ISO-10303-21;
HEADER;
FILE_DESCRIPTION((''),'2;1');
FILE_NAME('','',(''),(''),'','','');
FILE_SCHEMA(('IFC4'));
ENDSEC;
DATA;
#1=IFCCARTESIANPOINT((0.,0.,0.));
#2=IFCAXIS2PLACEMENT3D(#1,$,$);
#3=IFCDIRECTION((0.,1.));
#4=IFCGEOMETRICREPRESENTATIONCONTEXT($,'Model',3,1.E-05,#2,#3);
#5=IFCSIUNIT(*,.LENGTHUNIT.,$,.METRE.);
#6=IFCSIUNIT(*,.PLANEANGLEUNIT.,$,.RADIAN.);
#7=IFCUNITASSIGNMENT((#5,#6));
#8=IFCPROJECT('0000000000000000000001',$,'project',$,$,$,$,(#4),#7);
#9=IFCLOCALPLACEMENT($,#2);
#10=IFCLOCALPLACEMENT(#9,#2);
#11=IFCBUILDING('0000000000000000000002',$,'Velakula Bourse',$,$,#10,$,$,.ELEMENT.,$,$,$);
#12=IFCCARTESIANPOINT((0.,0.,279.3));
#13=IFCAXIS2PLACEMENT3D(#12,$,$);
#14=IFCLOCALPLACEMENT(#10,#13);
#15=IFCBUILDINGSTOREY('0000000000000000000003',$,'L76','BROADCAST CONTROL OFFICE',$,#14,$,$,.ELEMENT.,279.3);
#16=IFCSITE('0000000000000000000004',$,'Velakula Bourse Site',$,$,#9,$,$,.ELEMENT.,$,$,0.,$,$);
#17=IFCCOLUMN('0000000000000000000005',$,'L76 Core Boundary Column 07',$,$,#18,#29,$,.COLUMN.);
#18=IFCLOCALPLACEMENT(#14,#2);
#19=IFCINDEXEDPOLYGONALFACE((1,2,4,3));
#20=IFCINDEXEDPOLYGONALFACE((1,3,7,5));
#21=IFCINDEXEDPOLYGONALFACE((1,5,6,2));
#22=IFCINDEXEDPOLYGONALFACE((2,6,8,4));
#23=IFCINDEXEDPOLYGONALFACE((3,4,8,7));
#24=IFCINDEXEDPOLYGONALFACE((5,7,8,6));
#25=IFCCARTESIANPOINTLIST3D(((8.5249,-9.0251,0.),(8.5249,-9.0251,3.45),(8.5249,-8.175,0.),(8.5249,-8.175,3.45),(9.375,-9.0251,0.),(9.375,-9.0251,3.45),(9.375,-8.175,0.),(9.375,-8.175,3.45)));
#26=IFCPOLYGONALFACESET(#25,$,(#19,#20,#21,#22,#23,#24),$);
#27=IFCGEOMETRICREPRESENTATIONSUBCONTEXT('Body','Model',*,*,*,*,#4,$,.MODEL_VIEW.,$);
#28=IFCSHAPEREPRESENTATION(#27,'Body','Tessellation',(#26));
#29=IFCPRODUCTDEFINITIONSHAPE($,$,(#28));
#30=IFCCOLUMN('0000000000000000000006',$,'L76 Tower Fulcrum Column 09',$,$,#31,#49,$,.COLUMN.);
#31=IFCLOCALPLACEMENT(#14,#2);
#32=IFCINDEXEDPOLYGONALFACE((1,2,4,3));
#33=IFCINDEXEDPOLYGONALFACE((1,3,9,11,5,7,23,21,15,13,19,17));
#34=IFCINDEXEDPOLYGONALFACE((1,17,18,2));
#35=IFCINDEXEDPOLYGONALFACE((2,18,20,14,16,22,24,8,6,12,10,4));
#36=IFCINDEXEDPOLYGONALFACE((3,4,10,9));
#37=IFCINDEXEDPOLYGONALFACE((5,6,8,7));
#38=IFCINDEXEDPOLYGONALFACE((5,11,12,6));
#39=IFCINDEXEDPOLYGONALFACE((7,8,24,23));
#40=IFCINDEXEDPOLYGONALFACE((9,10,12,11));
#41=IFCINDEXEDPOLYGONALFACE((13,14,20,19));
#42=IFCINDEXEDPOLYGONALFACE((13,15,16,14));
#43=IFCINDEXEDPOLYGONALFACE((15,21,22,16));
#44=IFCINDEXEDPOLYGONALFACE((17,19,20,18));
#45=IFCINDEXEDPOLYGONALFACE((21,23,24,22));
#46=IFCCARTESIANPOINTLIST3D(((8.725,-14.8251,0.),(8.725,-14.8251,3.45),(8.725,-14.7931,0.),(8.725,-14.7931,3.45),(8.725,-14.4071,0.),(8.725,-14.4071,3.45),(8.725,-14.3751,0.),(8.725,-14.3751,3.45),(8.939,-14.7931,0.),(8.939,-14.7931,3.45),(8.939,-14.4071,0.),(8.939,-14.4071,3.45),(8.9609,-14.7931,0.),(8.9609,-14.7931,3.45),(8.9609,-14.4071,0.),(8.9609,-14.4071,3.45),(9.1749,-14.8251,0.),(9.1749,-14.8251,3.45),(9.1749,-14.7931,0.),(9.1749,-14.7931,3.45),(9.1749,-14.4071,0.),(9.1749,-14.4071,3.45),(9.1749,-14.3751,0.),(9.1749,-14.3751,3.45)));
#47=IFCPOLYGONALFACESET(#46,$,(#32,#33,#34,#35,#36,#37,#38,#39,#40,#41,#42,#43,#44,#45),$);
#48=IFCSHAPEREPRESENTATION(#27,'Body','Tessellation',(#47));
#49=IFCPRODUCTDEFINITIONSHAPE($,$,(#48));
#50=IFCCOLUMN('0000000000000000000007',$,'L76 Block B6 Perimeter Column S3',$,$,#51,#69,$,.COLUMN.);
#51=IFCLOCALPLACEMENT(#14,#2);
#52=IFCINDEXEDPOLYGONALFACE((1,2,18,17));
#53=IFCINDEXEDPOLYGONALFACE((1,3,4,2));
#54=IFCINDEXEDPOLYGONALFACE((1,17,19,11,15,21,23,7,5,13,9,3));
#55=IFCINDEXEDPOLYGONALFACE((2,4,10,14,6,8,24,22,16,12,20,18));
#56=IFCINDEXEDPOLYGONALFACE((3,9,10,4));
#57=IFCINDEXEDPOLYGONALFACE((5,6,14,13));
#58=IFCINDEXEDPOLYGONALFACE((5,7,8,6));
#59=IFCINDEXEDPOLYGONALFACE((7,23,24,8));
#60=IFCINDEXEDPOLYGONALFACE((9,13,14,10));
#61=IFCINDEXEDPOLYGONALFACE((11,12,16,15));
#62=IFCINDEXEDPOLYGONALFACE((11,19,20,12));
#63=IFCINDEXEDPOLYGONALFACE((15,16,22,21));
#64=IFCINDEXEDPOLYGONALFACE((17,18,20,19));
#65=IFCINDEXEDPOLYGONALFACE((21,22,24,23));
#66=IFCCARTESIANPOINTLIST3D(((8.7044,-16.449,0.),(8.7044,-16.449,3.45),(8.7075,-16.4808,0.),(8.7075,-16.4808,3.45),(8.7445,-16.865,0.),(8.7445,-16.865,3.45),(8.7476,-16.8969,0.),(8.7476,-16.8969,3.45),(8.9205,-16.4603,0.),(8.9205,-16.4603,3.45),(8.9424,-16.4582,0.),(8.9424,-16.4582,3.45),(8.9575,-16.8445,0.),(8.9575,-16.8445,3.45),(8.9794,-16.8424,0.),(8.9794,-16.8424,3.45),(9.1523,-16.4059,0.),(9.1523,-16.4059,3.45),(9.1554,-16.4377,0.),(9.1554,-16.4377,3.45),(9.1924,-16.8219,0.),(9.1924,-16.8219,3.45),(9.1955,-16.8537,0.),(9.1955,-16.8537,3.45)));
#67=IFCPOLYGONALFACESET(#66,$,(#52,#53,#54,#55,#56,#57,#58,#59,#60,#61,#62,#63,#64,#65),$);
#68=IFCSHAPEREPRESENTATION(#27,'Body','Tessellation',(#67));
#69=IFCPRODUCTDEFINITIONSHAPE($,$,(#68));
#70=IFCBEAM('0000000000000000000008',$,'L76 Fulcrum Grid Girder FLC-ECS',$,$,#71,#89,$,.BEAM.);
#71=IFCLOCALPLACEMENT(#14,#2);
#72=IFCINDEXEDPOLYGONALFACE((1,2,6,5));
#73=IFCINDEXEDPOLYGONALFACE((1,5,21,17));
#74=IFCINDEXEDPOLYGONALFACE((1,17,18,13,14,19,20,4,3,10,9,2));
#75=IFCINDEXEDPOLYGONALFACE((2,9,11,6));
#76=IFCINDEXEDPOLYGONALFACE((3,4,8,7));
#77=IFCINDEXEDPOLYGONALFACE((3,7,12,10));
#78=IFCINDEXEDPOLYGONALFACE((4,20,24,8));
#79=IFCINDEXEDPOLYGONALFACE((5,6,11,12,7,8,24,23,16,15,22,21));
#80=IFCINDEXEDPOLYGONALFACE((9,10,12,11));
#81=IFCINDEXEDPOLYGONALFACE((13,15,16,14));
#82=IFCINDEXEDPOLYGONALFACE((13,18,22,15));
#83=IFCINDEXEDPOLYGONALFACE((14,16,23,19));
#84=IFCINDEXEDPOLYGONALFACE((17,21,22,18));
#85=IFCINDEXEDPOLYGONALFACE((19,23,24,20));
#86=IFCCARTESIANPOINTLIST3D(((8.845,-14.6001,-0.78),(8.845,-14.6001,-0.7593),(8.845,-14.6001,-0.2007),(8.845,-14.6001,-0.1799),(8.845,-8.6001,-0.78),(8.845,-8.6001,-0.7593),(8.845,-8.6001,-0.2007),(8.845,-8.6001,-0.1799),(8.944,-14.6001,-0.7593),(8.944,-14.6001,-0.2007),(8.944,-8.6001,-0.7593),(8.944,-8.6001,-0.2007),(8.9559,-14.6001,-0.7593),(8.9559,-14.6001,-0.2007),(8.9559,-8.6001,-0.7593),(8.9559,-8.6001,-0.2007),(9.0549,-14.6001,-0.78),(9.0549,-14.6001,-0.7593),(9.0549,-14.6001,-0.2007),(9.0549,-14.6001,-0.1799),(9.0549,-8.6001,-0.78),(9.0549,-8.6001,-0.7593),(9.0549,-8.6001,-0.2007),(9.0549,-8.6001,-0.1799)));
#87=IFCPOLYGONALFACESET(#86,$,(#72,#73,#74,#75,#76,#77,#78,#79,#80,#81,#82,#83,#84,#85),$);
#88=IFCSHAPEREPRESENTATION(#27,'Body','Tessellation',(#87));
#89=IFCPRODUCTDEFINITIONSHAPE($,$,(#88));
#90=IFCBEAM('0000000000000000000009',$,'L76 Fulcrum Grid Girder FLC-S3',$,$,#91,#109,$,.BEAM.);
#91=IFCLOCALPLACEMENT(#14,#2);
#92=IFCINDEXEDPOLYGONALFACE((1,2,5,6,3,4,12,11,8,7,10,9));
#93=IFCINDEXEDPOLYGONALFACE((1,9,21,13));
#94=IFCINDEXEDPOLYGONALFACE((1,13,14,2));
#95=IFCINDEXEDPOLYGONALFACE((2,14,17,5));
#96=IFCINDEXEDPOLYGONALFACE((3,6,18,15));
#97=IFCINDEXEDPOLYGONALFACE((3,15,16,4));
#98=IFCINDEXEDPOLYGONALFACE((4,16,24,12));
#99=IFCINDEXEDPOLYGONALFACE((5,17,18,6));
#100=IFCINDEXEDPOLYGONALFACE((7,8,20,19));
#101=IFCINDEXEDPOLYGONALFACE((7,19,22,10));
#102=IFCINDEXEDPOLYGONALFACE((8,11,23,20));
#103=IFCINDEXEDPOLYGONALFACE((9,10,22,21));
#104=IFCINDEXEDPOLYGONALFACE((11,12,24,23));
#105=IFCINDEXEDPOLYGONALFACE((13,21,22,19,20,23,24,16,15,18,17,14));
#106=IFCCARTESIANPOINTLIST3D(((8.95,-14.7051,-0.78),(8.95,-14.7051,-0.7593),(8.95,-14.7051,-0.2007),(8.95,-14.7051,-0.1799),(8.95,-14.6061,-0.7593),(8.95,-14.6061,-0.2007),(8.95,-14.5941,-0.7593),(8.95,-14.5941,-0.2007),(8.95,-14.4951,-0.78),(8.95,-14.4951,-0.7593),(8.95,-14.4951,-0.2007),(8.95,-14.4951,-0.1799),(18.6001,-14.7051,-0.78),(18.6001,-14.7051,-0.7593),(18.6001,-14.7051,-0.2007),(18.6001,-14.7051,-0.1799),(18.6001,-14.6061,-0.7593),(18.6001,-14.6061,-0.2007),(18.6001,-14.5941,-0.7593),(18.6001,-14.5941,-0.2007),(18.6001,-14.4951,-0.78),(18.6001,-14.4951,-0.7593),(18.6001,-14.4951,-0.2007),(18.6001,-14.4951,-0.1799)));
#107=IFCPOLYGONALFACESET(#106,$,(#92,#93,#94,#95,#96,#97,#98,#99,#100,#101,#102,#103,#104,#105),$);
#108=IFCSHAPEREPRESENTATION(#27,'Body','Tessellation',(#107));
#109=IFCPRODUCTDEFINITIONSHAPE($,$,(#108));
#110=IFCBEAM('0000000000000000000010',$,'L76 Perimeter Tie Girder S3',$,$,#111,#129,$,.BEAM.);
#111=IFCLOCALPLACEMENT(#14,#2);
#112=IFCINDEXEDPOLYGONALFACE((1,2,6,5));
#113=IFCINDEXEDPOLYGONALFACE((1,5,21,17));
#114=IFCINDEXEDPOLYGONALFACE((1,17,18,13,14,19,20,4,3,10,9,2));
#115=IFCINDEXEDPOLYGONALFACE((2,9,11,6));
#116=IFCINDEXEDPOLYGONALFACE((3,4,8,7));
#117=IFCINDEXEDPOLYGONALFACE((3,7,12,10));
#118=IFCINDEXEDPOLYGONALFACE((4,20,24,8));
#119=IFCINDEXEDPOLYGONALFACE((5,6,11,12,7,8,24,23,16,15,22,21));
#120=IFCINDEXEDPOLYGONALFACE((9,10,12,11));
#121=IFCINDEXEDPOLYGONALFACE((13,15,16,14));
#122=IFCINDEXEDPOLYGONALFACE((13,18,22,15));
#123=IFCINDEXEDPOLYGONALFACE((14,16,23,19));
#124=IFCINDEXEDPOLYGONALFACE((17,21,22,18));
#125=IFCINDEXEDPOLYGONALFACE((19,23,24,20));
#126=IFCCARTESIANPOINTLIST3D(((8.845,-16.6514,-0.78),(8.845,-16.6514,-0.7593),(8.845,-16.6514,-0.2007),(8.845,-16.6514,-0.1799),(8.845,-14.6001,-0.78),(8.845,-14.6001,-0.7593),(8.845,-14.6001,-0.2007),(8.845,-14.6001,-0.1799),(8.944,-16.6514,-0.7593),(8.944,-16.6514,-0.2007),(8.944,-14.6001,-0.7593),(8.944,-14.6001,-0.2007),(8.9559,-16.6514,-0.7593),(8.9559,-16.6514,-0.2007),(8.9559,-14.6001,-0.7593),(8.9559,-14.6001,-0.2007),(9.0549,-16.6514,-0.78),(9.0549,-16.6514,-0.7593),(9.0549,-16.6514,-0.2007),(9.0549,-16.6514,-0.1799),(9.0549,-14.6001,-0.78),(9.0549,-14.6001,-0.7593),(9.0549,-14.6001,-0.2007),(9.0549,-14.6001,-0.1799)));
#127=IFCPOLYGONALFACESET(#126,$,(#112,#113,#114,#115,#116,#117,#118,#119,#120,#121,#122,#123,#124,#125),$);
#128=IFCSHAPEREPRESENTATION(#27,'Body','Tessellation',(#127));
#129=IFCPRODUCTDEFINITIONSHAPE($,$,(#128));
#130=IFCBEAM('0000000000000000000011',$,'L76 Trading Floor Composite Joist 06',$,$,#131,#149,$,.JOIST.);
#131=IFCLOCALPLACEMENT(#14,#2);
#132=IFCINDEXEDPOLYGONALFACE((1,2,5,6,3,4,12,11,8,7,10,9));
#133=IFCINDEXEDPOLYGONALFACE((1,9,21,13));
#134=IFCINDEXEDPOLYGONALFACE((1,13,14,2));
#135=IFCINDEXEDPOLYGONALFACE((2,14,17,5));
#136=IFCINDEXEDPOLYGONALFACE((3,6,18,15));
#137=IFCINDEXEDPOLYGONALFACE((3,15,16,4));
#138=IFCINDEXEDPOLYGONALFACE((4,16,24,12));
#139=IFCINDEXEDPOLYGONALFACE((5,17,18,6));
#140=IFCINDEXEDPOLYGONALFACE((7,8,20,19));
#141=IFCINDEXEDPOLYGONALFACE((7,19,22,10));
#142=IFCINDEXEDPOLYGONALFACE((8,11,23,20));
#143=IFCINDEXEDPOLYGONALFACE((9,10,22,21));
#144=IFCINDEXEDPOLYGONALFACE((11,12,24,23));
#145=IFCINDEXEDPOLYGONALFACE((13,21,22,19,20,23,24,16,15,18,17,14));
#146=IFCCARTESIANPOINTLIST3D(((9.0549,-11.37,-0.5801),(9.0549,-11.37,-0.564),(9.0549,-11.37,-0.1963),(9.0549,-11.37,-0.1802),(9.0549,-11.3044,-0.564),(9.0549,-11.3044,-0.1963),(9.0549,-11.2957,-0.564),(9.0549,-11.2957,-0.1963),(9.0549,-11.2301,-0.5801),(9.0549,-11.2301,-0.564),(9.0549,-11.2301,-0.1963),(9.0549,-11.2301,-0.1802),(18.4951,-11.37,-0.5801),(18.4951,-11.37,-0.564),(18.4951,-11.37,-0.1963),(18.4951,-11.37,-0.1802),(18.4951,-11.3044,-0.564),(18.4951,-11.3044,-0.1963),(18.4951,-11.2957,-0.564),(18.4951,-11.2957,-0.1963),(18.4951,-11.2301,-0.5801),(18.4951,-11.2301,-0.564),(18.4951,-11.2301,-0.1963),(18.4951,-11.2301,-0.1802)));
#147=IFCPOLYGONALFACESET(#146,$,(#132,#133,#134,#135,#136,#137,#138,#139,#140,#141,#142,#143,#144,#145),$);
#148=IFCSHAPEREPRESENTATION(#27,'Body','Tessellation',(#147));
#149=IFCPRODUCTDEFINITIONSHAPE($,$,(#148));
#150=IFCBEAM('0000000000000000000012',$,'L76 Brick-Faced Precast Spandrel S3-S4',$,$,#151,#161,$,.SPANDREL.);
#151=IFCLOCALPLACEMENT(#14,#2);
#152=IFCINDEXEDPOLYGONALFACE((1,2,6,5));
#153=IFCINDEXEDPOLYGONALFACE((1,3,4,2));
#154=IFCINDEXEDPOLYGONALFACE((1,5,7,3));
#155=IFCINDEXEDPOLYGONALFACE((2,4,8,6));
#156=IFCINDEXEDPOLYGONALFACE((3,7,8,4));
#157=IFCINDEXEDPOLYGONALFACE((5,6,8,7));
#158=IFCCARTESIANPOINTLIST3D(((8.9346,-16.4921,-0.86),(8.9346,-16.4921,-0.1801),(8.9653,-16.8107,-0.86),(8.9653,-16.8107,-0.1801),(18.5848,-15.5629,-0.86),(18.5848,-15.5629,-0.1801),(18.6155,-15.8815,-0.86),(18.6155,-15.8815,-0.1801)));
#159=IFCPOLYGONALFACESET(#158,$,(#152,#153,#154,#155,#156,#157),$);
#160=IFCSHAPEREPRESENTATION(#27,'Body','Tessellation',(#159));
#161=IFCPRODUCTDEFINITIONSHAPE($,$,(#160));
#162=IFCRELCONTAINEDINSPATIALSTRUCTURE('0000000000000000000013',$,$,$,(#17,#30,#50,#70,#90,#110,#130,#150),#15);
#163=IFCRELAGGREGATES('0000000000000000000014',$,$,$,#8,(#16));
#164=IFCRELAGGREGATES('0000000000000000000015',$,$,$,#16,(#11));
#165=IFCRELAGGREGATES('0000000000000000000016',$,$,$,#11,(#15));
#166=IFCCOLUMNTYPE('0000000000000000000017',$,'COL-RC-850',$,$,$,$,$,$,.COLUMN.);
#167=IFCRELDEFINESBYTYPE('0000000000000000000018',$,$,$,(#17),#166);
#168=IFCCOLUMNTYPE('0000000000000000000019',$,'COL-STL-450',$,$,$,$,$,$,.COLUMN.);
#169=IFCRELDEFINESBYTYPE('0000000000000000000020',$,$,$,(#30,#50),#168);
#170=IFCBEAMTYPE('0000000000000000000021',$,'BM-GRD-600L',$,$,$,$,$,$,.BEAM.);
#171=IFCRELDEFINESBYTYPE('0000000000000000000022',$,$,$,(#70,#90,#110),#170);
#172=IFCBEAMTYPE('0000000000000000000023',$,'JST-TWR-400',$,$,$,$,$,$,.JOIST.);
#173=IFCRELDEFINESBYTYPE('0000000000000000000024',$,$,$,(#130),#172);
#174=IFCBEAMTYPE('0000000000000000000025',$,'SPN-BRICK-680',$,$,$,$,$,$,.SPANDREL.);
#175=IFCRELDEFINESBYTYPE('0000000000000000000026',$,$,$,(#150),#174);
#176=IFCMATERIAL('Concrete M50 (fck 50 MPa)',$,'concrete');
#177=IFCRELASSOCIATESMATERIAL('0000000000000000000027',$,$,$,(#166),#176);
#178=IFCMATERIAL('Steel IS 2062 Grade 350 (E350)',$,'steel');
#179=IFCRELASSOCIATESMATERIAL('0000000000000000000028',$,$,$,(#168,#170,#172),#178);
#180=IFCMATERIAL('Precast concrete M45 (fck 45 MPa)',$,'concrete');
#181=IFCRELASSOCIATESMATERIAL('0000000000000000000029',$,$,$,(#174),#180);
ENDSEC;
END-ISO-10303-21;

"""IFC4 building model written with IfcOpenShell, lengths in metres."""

from ifc_helpers import new_model, si_unit, direction, frame, origin, origin_2d, place, context, subcontext, project, spatial, rectangle, i_section, extrude, material, material_profile, profile_set, type_object, element, save


model = new_model("IFC4")

# Units and contexts
model_context = context("Model", 3, precision=1e-05, world=origin(), true_north=direction((0.0, 1.0)))
body_context = subcontext(model_context, "Body", "Model", "MODEL_VIEW")
ifc_project = project(units=[si_unit("LENGTHUNIT", "METRE"), si_unit("PLANEANGLEUNIT", "RADIAN")], contexts=[model_context])

# Site, building, storey
site_placement = place(None, origin())
site = spatial("IfcSite", under=ifc_project, at=site_placement, Name="Velakula Bourse Site", CompositionType="ELEMENT", RefElevation=0.0)
building_placement = place(site_placement, origin())
building = spatial("IfcBuilding", under=site, at=building_placement, Name="Velakula Bourse", CompositionType="ELEMENT")
storey_placement = place(building_placement, frame((0.0, 0.0, 279.3)))
storey = spatial("IfcBuildingStorey", under=building, at=storey_placement, Name="L76", Description="BROADCAST CONTROL OFFICE", CompositionType="ELEMENT", Elevation=279.3)

# Columns
ifc_material_1 = material(Name="Concrete M50 (fck 50 MPa)", Category="concrete")
ifc_material_profile_1 = material_profile(ifc_material_1, rectangle(XDim=0.8501, YDim=0.8501, at=origin_2d()), Name="Concrete M50 (fck 50 MPa)")
ifc_profile_set_1 = profile_set([ifc_material_profile_1], Name="Concrete M50 (fck 50 MPa)")
column_type_1 = type_object("IfcColumnType", Name="COL-RC-850", PredefinedType="COLUMN", material=ifc_profile_set_1)
column_placement = place(storey_placement, frame((8.95, -8.6001, 0.0), z_axis=(0.0, 0.0, 1.0), x_axis=(1.0, 0.0, 0.0)))
element("IfcColumn", 1, at=column_placement, inside=storey, type_object=column_type_1, Name="L76 Core Boundary Column 07", PredefinedType="COLUMN", context=body_context, shape_type="SweptSolid", body=[
    extrude(rectangle(XDim=0.8501, YDim=0.8501, at=origin_2d()), origin(), (0.0, 0.0, 1.0), 3.45),
])
ifc_material_2 = material(Name="Steel IS 2062 Grade 350 (E350)", Category="steel")
ifc_material_profile_2 = material_profile(ifc_material_2, i_section(OverallWidth=0.45, OverallDepth=0.45, WebThickness=0.022, FlangeThickness=0.032, at=origin_2d()), Name="Steel IS 2062 Grade 350 (E350)")
ifc_profile_set_2 = profile_set([ifc_material_profile_2], Name="Steel IS 2062 Grade 350 (E350)")
column_type_2 = type_object("IfcColumnType", Name="COL-STL-450", PredefinedType="COLUMN", material=ifc_profile_set_2)
for number, where, z_axis, x_axis, name in (
    (2, (8.95, -14.6001, 0.0), (0.0, 0.0, 1.0), (1.0, 0.0, 0.0), "L76 Tower Fulcrum Column 09"),
    (3, (8.95, -16.6514, 0.0), (0.0, 0.0, 1.0), (0.995396, 0.095846, 0.0), "L76 Block B6 Perimeter Column S3"),
):
    element("IfcColumn", number, at=place(storey_placement, frame(where, z_axis=z_axis, x_axis=x_axis)), inside=storey, type_object=column_type_2, Name=name, PredefinedType="COLUMN", context=body_context, shape_type="SweptSolid", body=[
        extrude(i_section(OverallWidth=0.45, OverallDepth=0.45, WebThickness=0.022, FlangeThickness=0.032, at=origin_2d()), origin(), (0.0, 0.0, 1.0), 3.45),
    ])

# Beams
ifc_material_profile_3 = material_profile(ifc_material_2, i_section(OverallWidth=0.21, OverallDepth=0.6001, WebThickness=0.012, FlangeThickness=0.0208, at=origin_2d()), Name="Steel IS 2062 Grade 350 (E350)")
ifc_profile_set_3 = profile_set([ifc_material_profile_3], Name="Steel IS 2062 Grade 350 (E350)")
beam_type_1 = type_object("IfcBeamType", Name="BM-GRD-600L", PredefinedType="BEAM", material=ifc_profile_set_3)
beam_1_placement = place(storey_placement, frame((8.95, -14.6001, -0.48), z_axis=(0.0, 1.0, 0.0), x_axis=(-1.0, 0.0, 0.0)))
element("IfcBeam", 4, at=beam_1_placement, inside=storey, type_object=beam_type_1, Name="L76 Fulcrum Grid Girder FLC-ECS", PredefinedType="BEAM", context=body_context, shape_type="SweptSolid", body=[
    extrude(i_section(OverallWidth=0.21, OverallDepth=0.6001, WebThickness=0.012, FlangeThickness=0.0208, at=origin_2d()), origin(), (0.0, 0.0, 1.0), 6.0),
])
beam_2_placement = place(storey_placement, frame((8.95, -14.6001, -0.48), z_axis=(1.0, 0.0, 0.0), x_axis=(0.0, 1.0, 0.0)))
element("IfcBeam", 5, at=beam_2_placement, inside=storey, type_object=beam_type_1, Name="L76 Fulcrum Grid Girder FLC-S3", PredefinedType="BEAM", context=body_context, shape_type="SweptSolid", body=[
    extrude(i_section(OverallWidth=0.21, OverallDepth=0.6001, WebThickness=0.012, FlangeThickness=0.0208, at=origin_2d()), origin(), (0.0, 0.0, 1.0), 9.6501),
])
beam_3_placement = place(storey_placement, frame((8.95, -14.6001, -0.48), z_axis=(0.0, -1.0, 0.0), x_axis=(1.0, 0.0, 0.0)))
element("IfcBeam", 6, at=beam_3_placement, inside=storey, type_object=beam_type_1, Name="L76 Perimeter Tie Girder S3", PredefinedType="BEAM", context=body_context, shape_type="SweptSolid", body=[
    extrude(i_section(OverallWidth=0.21, OverallDepth=0.6001, WebThickness=0.012, FlangeThickness=0.0208, at=origin_2d()), origin(), (0.0, 0.0, 1.0), 2.0513),
])
ifc_material_profile_4 = material_profile(ifc_material_2, i_section(OverallWidth=0.1399, OverallDepth=0.3999, WebThickness=0.0088, FlangeThickness=0.0161, at=origin_2d()), Name="Steel IS 2062 Grade 350 (E350)")
ifc_profile_set_4 = profile_set([ifc_material_profile_4], Name="Steel IS 2062 Grade 350 (E350)")
beam_type_2 = type_object("IfcBeamType", Name="JST-TWR-400", PredefinedType="JOIST", material=ifc_profile_set_4)
beam_4_placement = place(storey_placement, frame((9.0549, -11.3, -0.3801), z_axis=(1.0, 0.0, 0.0), x_axis=(0.0, 1.0, 0.0)))
element("IfcBeam", 7, at=beam_4_placement, inside=storey, type_object=beam_type_2, Name="L76 Trading Floor Composite Joist 06", PredefinedType="JOIST", context=body_context, shape_type="SweptSolid", body=[
    extrude(i_section(OverallWidth=0.1399, OverallDepth=0.3999, WebThickness=0.0088, FlangeThickness=0.0161, at=origin_2d()), origin(), (0.0, 0.0, 1.0), 9.4402),
])
ifc_material_3 = material(Name="Precast concrete M45 (fck 45 MPa)", Category="concrete")
ifc_material_profile_5 = material_profile(ifc_material_3, rectangle(XDim=0.3201, YDim=0.6799, at=origin_2d()), Name="Precast concrete M45 (fck 45 MPa)")
ifc_profile_set_5 = profile_set([ifc_material_profile_5], Name="Precast concrete M45 (fck 45 MPa)")
beam_type_3 = type_object("IfcBeamType", Name="SPN-BRICK-680", PredefinedType="SPANDREL", material=ifc_profile_set_5)
beam_5_placement = place(storey_placement, frame((8.95, -16.6514, -0.52), z_axis=(0.995396, 0.095845, 0.0), x_axis=(-0.095845, 0.995396, 0.0)))
element("IfcBeam", 8, at=beam_5_placement, inside=storey, type_object=beam_type_3, Name="L76 Brick-Faced Precast Spandrel S3-S4", PredefinedType="SPANDREL", context=body_context, shape_type="SweptSolid", body=[
    extrude(rectangle(XDim=0.3201, YDim=0.6799, at=origin_2d()), origin(), (0.0, 0.0, 1.0), 9.6948),
])

save(model, "model.ifc")
